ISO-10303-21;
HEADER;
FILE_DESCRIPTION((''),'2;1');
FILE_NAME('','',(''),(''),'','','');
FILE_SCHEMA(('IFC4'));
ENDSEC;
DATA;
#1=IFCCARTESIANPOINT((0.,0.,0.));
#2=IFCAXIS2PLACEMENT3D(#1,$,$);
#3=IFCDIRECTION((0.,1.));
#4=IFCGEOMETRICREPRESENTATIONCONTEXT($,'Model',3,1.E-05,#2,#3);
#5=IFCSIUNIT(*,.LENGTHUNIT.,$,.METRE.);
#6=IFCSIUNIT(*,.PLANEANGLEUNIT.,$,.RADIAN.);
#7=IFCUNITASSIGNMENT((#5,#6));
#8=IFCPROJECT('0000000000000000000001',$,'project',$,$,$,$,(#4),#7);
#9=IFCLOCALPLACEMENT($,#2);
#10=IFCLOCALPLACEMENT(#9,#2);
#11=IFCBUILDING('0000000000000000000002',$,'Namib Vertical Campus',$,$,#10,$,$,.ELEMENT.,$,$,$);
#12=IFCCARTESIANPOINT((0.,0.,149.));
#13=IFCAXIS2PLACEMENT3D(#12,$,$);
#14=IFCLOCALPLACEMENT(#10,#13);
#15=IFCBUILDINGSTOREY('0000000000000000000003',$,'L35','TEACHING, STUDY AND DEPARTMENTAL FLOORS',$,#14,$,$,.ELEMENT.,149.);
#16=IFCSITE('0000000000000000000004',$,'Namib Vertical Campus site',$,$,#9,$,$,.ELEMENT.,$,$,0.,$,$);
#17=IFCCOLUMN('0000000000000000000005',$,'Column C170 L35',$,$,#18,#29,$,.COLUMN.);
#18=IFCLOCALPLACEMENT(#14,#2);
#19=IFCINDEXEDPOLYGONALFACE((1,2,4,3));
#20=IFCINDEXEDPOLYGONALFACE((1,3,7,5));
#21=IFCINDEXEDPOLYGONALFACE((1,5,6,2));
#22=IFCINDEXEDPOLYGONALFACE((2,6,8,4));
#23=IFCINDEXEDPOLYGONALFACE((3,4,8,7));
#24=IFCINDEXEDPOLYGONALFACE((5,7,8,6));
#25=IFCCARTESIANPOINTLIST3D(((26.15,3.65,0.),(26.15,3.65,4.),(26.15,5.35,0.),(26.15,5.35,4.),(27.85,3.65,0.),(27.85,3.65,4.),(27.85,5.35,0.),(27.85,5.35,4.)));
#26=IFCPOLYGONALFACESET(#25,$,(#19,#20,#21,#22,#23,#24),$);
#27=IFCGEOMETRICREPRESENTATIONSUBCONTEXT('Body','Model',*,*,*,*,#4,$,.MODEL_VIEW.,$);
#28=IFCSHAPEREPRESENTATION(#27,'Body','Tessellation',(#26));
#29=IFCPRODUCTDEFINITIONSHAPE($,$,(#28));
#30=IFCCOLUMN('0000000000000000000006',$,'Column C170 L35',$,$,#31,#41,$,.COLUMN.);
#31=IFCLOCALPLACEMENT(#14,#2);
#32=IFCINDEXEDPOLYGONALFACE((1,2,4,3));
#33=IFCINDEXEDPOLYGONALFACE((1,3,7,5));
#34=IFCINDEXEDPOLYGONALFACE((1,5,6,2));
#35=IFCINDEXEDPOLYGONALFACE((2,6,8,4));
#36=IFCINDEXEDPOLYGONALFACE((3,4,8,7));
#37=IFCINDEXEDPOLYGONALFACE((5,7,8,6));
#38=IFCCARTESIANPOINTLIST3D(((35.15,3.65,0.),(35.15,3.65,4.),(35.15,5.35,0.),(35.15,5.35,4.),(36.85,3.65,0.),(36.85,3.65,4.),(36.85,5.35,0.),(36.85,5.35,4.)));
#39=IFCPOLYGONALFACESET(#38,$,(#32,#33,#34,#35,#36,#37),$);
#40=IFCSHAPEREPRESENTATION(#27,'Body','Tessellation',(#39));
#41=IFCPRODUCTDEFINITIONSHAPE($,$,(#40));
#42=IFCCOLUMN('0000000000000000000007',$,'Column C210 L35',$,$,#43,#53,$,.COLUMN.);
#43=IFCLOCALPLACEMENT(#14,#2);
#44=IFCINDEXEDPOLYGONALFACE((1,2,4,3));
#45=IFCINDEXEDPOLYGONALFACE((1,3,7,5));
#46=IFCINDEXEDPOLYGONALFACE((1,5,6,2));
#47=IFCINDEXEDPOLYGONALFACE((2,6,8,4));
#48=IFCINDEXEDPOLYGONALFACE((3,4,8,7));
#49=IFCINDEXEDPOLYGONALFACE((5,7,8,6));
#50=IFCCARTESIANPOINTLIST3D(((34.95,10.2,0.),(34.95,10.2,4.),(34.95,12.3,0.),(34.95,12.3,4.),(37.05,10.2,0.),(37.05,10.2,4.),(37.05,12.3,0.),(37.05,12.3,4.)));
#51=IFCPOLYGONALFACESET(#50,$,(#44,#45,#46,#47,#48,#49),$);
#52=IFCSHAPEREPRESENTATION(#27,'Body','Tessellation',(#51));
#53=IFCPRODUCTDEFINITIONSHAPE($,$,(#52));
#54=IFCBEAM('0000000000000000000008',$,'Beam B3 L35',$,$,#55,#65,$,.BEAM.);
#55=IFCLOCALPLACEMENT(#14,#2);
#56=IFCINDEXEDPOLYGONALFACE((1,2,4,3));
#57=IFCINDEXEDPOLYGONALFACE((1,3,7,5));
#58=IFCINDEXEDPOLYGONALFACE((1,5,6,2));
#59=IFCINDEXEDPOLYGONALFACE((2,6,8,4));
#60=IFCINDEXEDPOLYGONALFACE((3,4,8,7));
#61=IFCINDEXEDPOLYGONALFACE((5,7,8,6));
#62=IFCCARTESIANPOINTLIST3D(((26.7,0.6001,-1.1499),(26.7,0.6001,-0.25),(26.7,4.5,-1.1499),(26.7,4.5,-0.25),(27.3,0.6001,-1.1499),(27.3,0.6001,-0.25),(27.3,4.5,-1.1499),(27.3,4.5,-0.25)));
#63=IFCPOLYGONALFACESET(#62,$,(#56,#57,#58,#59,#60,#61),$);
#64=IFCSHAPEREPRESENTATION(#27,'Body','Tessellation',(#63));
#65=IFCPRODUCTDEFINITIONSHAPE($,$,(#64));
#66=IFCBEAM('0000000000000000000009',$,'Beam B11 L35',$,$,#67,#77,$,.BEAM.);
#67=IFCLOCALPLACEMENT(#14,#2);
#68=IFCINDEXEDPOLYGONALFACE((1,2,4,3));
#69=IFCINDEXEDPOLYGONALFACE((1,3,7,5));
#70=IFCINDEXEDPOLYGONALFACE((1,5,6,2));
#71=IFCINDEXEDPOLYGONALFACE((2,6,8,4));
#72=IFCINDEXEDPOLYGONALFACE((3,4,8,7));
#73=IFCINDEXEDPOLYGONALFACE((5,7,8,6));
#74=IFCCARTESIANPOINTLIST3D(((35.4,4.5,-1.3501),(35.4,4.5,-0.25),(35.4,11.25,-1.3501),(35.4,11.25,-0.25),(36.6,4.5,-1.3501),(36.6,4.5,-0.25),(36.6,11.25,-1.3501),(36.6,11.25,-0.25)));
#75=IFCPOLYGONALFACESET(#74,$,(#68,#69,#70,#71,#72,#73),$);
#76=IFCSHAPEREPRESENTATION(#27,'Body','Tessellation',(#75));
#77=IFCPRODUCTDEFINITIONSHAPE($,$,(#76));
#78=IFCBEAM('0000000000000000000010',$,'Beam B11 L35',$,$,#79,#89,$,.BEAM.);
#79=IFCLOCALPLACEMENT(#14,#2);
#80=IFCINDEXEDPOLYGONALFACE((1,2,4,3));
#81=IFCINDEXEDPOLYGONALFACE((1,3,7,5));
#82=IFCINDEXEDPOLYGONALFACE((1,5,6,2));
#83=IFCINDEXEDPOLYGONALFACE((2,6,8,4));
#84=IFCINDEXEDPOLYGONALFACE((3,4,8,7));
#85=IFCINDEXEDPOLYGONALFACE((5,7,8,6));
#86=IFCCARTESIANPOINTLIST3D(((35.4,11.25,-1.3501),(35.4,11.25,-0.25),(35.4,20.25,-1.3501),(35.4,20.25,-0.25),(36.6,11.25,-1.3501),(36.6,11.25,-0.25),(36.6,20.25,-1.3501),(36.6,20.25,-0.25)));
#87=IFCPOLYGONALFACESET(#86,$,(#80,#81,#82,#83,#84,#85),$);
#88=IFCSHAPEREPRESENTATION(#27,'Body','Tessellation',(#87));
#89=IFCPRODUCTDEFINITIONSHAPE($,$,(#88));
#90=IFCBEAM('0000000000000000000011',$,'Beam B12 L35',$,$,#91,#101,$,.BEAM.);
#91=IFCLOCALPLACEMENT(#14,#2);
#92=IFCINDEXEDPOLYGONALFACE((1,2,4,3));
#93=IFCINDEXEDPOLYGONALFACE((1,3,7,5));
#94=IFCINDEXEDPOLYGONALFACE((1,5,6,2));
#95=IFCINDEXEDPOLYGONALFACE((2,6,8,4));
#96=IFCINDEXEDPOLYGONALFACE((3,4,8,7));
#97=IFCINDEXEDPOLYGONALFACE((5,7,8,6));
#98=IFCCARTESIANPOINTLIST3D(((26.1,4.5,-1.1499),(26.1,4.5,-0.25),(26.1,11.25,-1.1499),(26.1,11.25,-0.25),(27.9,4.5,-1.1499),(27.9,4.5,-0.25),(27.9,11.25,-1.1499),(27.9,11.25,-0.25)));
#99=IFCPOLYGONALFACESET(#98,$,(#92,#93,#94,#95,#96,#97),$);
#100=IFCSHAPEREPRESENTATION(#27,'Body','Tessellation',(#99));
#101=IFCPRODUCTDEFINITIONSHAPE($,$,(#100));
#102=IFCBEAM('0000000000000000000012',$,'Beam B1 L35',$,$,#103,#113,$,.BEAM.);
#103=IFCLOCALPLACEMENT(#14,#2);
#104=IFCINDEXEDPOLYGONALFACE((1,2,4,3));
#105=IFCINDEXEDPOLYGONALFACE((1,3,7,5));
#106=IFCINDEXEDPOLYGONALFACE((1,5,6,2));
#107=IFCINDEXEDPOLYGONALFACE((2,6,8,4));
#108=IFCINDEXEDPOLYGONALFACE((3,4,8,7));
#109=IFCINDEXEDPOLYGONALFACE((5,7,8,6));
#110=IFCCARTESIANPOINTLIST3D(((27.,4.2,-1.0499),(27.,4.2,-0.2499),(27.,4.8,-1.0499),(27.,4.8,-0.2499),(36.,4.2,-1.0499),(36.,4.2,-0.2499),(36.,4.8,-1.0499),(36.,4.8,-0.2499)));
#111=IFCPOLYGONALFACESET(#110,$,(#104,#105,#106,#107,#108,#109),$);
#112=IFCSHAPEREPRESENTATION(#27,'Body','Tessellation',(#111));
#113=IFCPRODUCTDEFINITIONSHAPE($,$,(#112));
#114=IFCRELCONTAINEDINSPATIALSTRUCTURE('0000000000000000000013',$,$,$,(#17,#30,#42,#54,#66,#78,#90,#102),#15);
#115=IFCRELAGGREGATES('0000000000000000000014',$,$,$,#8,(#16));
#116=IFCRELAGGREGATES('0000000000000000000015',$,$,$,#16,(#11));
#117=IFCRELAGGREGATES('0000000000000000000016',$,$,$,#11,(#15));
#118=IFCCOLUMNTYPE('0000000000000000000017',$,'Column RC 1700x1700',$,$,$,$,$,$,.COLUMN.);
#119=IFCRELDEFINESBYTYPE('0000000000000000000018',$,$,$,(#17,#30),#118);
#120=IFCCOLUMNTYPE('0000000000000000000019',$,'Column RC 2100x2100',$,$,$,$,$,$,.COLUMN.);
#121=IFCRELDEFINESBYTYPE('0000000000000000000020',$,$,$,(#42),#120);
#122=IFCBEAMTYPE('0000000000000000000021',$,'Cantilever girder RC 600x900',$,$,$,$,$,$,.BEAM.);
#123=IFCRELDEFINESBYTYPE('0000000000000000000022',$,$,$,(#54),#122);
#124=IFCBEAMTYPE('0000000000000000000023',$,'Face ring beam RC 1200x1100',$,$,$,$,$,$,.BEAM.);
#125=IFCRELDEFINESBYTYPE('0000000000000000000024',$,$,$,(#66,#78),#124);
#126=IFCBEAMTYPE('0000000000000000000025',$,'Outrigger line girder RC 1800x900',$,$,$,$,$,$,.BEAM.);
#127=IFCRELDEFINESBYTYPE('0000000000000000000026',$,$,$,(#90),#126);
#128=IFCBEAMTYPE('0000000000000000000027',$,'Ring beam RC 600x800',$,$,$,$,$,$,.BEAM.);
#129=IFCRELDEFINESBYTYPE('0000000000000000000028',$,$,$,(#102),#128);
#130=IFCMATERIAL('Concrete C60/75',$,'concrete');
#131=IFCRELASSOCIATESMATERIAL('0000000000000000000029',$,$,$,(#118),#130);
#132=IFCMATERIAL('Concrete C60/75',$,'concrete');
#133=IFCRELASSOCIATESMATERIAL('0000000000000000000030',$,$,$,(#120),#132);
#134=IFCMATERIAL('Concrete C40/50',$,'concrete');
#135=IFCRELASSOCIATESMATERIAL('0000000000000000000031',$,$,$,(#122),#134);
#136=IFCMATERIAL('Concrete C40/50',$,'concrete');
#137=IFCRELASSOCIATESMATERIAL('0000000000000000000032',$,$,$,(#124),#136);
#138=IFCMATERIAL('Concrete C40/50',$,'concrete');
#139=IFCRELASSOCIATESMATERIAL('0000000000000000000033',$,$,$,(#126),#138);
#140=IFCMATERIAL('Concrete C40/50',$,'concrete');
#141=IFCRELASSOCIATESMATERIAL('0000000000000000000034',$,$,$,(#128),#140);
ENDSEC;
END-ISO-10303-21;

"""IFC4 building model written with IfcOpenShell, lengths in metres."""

from ifc_helpers import new_model, si_unit, direction, frame, origin, origin_2d, place, context, subcontext, project, spatial, rectangle, extrude, material, material_profile, profile_set, type_object, element, save


model = new_model("IFC4")

# Units and contexts
model_context = context("Model", 3, precision=1e-05, world=origin(), true_north=direction((0.0, 1.0)))
body_context = subcontext(model_context, "Body", "Model", "MODEL_VIEW")
ifc_project = project(units=[si_unit("LENGTHUNIT", "METRE"), si_unit("PLANEANGLEUNIT", "RADIAN")], contexts=[model_context])

# Site, building, storey
site_placement = place(None, origin())
site = spatial("IfcSite", under=ifc_project, at=site_placement, Name="Namib Vertical Campus site", CompositionType="ELEMENT", RefElevation=0.0)
building_placement = place(site_placement, origin())
building = spatial("IfcBuilding", under=site, at=building_placement, Name="Namib Vertical Campus", CompositionType="ELEMENT")
storey_placement = place(building_placement, frame((0.0, 0.0, 149.0)))
storey = spatial("IfcBuildingStorey", under=building, at=storey_placement, Name="L35", Description="TEACHING, STUDY AND DEPARTMENTAL FLOORS", CompositionType="ELEMENT", Elevation=149.0)

# Columns
ifc_material_1 = material(Name="Concrete C60/75", Category="concrete")
ifc_material_profile_1 = material_profile(ifc_material_1, rectangle(XDim=1.7, YDim=1.7, at=origin_2d()))
ifc_profile_set_1 = profile_set([ifc_material_profile_1], Name="Concrete C60/75")
column_type_1 = type_object("IfcColumnType", Name="Column RC 1700x1700", PredefinedType="COLUMN", material=ifc_profile_set_1)
for number, where, z_axis, x_axis, name in (
    (1, (27.0, 4.5, 0.0), (0.0, 0.0, 1.0), (1.0, 0.0, 0.0), "Column C170 L35"),
    (2, (36.0, 4.5, 0.0), (0.0, 0.0, 1.0), (1.0, 0.0, 0.0), "Column C170 L35"),
):
    element("IfcColumn", number, at=place(storey_placement, frame(where, z_axis=z_axis, x_axis=x_axis)), inside=storey, type_object=column_type_1, Name=name, PredefinedType="COLUMN", context=body_context, shape_type="SweptSolid", body=[
        extrude(rectangle(XDim=1.7, YDim=1.7, at=origin_2d()), origin(), (0.0, 0.0, 1.0), 4.0),
    ])
ifc_material_2 = material(Name="Concrete C60/75", Category="concrete")
ifc_material_profile_2 = material_profile(ifc_material_2, rectangle(XDim=2.1001, YDim=2.1001, at=origin_2d()))
ifc_profile_set_2 = profile_set([ifc_material_profile_2], Name="Concrete C60/75")
column_type_2 = type_object("IfcColumnType", Name="Column RC 2100x2100", PredefinedType="COLUMN", material=ifc_profile_set_2)
column_placement = place(storey_placement, frame((36.0, 11.25, 0.0), z_axis=(0.0, 0.0, 1.0), x_axis=(1.0, 0.0, 0.0)))
element("IfcColumn", 3, at=column_placement, inside=storey, type_object=column_type_2, Name="Column C210 L35", PredefinedType="COLUMN", context=body_context, shape_type="SweptSolid", body=[
    extrude(rectangle(XDim=2.1001, YDim=2.1001, at=origin_2d()), origin(), (0.0, 0.0, 1.0), 4.0),
])

# Beams
ifc_material_3 = material(Name="Concrete C40/50", Category="concrete")
ifc_material_profile_3 = material_profile(ifc_material_3, rectangle(XDim=0.6001, YDim=0.8999, at=origin_2d()))
ifc_profile_set_3 = profile_set([ifc_material_profile_3], Name="Concrete C40/50")
beam_type_1 = type_object("IfcBeamType", Name="Cantilever girder RC 600x900", PredefinedType="BEAM", material=ifc_profile_set_3)
beam_1_placement = place(storey_placement, frame((27.0, 4.5, -0.7), z_axis=(0.0, -1.0, 0.0), x_axis=(1.0, 0.0, 0.0)))
element("IfcBeam", 4, at=beam_1_placement, inside=storey, type_object=beam_type_1, Name="Beam B3 L35", PredefinedType="BEAM", context=body_context, shape_type="SweptSolid", body=[
    extrude(rectangle(XDim=0.6001, YDim=0.8999, at=origin_2d()), origin(), (0.0, 0.0, 1.0), 3.8999),
])
ifc_material_4 = material(Name="Concrete C40/50", Category="concrete")
ifc_material_profile_4 = material_profile(ifc_material_4, rectangle(XDim=1.2, YDim=1.1001, at=origin_2d()))
ifc_profile_set_4 = profile_set([ifc_material_profile_4], Name="Concrete C40/50")
beam_type_2 = type_object("IfcBeamType", Name="Face ring beam RC 1200x1100", PredefinedType="BEAM", material=ifc_profile_set_4)
beam_2_placement = place(storey_placement, frame((36.0, 4.5, -0.8), z_axis=(0.0, 1.0, 0.0), x_axis=(-1.0, 0.0, 0.0)))
element("IfcBeam", 5, at=beam_2_placement, inside=storey, type_object=beam_type_2, Name="Beam B11 L35", PredefinedType="BEAM", context=body_context, shape_type="SweptSolid", body=[
    extrude(rectangle(XDim=1.2, YDim=1.1001, at=origin_2d()), origin(), (0.0, 0.0, 1.0), 6.75),
])
beam_3_placement = place(storey_placement, frame((36.0, 11.25, -0.8), z_axis=(0.0, 1.0, 0.0), x_axis=(-1.0, 0.0, 0.0)))
element("IfcBeam", 6, at=beam_3_placement, inside=storey, type_object=beam_type_2, Name="Beam B11 L35", PredefinedType="BEAM", context=body_context, shape_type="SweptSolid", body=[
    extrude(rectangle(XDim=1.2, YDim=1.1001, at=origin_2d()), origin(), (0.0, 0.0, 1.0), 9.0),
])
ifc_material_5 = material(Name="Concrete C40/50", Category="concrete")
ifc_material_profile_5 = material_profile(ifc_material_5, rectangle(XDim=1.8, YDim=0.8999, at=origin_2d()))
ifc_profile_set_5 = profile_set([ifc_material_profile_5], Name="Concrete C40/50")
beam_type_3 = type_object("IfcBeamType", Name="Outrigger line girder RC 1800x900", PredefinedType="BEAM", material=ifc_profile_set_5)
beam_4_placement = place(storey_placement, frame((27.0, 4.5, -0.7), z_axis=(0.0, 1.0, 0.0), x_axis=(-1.0, 0.0, 0.0)))
element("IfcBeam", 7, at=beam_4_placement, inside=storey, type_object=beam_type_3, Name="Beam B12 L35", PredefinedType="BEAM", context=body_context, shape_type="SweptSolid", body=[
    extrude(rectangle(XDim=1.8, YDim=0.8999, at=origin_2d()), origin(), (0.0, 0.0, 1.0), 6.75),
])
ifc_material_6 = material(Name="Concrete C40/50", Category="concrete")
ifc_material_profile_6 = material_profile(ifc_material_6, rectangle(XDim=0.6001, YDim=0.8, at=origin_2d()))
ifc_profile_set_6 = profile_set([ifc_material_profile_6], Name="Concrete C40/50")
beam_type_4 = type_object("IfcBeamType", Name="Ring beam RC 600x800", PredefinedType="BEAM", material=ifc_profile_set_6)
beam_5_placement = place(storey_placement, frame((27.0, 4.5, -0.6499), z_axis=(1.0, 0.0, 0.0), x_axis=(0.0, 1.0, 0.0)))
element("IfcBeam", 8, at=beam_5_placement, inside=storey, type_object=beam_type_4, Name="Beam B1 L35", PredefinedType="BEAM", context=body_context, shape_type="SweptSolid", body=[
    extrude(rectangle(XDim=0.6001, YDim=0.8, at=origin_2d()), origin(), (0.0, 0.0, 1.0), 9.0),
])

save(model, "model.ifc")
